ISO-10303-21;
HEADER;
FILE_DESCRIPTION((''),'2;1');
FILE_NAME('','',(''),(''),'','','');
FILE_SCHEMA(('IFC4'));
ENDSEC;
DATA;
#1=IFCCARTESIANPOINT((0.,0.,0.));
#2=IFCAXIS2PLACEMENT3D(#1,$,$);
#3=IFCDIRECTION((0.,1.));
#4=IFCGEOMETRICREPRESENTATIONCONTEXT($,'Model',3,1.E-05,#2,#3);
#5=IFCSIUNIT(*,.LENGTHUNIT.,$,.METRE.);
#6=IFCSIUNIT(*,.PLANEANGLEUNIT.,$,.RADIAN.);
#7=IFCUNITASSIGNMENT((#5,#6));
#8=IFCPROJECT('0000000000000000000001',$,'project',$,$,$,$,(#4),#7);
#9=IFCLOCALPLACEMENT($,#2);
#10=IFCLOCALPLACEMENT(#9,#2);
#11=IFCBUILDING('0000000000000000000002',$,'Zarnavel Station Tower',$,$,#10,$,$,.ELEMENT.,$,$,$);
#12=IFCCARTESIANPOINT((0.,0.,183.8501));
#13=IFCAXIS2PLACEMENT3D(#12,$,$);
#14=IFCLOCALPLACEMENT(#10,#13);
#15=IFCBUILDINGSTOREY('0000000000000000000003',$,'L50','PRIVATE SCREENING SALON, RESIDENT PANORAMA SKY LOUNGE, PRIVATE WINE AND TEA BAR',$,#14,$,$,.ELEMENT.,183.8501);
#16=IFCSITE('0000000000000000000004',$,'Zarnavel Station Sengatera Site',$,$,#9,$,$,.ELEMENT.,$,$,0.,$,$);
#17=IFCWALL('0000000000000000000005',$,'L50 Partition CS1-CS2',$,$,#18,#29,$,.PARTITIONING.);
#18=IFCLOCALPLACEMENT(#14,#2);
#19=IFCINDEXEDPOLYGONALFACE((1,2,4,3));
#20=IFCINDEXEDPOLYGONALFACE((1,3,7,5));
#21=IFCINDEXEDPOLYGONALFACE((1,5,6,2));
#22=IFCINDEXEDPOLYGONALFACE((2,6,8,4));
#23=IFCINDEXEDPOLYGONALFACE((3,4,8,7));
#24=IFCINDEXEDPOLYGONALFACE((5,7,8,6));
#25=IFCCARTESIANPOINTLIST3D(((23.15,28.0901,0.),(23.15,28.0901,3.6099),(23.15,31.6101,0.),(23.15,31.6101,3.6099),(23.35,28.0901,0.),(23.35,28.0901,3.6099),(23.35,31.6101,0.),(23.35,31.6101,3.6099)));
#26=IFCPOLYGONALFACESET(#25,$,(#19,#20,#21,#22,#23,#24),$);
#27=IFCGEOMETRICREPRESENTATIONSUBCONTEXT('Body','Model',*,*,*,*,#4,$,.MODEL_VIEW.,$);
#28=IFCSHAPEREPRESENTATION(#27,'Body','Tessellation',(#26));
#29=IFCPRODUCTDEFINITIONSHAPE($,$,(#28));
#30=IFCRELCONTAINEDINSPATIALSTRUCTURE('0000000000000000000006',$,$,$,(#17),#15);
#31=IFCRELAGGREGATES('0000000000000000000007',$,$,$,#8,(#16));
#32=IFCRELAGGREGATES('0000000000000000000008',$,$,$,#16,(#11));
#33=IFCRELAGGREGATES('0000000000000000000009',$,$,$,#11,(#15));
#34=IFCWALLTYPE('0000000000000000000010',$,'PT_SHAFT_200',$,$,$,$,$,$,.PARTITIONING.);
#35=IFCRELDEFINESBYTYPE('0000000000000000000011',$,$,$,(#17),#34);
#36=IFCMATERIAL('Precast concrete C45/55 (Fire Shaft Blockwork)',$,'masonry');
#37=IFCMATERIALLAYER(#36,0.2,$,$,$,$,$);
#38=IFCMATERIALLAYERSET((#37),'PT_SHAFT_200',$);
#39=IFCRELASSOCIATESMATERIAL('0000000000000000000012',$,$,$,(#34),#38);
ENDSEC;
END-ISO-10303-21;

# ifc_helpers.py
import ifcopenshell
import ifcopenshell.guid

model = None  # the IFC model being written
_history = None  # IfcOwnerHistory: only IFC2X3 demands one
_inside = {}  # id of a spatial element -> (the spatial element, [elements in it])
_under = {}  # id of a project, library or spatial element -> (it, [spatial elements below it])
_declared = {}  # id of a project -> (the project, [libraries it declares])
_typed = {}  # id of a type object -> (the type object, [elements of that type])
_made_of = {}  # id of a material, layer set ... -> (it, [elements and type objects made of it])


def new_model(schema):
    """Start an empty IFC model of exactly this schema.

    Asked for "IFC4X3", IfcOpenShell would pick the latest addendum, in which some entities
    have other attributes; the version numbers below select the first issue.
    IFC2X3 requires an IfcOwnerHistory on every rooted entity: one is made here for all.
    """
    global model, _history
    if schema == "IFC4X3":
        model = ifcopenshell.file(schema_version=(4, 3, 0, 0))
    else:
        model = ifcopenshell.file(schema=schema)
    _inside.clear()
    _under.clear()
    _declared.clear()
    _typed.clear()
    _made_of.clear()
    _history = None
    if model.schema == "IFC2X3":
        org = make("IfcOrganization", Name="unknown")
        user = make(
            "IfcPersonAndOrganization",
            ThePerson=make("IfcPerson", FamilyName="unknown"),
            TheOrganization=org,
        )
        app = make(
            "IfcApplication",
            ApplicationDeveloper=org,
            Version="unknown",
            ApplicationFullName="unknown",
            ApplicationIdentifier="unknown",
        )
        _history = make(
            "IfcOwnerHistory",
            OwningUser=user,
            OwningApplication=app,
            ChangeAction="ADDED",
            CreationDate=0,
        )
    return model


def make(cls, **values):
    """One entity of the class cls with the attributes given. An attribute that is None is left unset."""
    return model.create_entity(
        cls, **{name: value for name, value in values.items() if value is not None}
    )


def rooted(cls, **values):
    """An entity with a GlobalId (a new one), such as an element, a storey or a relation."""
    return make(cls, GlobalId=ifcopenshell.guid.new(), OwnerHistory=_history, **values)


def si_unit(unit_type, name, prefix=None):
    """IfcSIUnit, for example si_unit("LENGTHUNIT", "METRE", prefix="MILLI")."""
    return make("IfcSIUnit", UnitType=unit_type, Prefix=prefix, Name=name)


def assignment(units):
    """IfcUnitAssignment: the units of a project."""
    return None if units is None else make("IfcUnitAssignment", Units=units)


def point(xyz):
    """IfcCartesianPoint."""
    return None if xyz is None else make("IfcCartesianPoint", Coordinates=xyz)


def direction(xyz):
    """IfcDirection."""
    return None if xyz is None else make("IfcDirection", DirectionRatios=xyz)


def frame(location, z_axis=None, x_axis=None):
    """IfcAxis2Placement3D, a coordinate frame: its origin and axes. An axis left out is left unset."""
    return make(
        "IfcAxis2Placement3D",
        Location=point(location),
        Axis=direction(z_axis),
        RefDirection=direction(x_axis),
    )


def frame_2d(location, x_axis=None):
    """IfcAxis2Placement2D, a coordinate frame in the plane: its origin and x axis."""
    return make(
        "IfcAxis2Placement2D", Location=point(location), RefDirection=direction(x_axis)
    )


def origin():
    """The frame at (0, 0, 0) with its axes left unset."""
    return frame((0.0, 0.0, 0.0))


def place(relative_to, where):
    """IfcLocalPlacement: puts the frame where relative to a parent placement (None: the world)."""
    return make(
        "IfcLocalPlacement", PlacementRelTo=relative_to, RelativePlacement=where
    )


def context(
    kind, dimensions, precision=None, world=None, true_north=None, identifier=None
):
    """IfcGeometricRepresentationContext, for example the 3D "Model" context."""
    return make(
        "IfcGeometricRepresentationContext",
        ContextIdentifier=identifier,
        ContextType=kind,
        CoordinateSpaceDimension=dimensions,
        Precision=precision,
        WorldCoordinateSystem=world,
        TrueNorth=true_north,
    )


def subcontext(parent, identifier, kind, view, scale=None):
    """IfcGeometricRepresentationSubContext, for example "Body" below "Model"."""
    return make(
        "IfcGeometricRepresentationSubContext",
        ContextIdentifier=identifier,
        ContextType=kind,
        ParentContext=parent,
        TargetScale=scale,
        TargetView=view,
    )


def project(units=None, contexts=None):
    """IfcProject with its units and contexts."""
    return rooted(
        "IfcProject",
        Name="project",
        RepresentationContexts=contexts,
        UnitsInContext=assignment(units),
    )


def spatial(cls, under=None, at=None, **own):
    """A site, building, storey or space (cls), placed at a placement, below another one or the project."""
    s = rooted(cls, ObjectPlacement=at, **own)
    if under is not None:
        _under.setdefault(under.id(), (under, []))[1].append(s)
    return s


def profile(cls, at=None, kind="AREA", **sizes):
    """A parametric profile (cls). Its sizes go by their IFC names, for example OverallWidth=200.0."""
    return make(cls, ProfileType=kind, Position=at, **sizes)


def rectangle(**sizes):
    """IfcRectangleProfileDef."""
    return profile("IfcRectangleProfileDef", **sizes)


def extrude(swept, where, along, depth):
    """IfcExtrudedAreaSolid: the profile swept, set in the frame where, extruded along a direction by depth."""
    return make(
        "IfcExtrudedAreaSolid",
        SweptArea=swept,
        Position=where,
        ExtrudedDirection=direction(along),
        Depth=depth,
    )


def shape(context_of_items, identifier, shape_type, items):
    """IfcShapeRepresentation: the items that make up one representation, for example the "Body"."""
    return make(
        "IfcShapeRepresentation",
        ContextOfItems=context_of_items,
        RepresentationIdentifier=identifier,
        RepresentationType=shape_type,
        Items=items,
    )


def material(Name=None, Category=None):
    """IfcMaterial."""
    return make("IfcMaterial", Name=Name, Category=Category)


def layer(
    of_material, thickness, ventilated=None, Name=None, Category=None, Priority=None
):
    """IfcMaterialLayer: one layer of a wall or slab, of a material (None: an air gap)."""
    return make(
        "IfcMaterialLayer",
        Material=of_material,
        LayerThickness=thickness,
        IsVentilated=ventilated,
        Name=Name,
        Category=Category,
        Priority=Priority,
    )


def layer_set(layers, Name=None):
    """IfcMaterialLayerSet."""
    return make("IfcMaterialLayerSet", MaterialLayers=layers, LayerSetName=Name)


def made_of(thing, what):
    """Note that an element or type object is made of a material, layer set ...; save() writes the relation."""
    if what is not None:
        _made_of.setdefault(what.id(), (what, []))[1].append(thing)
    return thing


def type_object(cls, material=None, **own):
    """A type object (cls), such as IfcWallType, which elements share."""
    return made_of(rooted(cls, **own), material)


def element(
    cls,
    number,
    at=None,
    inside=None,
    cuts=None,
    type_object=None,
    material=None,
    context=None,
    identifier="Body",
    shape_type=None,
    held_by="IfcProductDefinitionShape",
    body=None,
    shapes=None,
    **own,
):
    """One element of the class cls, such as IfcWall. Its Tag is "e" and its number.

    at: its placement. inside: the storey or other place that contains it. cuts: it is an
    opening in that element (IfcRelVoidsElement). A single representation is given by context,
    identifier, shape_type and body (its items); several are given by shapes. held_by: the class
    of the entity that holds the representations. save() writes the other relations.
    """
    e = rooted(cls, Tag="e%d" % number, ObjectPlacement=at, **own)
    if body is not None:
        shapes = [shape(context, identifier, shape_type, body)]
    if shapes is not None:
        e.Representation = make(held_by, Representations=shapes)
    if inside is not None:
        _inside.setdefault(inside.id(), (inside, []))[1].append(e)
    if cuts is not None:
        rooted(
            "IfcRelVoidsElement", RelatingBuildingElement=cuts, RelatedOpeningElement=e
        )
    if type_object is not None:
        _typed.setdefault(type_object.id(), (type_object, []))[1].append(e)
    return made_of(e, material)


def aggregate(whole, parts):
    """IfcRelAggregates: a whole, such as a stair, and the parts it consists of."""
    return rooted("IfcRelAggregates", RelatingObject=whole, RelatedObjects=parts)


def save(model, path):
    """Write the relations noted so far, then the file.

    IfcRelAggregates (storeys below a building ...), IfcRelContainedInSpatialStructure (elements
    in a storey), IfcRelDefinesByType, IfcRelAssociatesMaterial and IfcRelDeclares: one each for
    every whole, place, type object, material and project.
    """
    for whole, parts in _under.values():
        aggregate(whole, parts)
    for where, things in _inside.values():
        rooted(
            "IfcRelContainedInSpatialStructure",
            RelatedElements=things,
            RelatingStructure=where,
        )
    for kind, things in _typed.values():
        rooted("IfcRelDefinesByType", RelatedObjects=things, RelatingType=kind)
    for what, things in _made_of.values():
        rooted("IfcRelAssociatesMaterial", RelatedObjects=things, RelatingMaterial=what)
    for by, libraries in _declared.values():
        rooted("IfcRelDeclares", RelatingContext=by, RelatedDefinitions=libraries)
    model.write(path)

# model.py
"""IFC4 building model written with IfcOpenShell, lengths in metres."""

from ifc_helpers import new_model, si_unit, direction, frame, frame_2d, origin, place, context, subcontext, project, spatial, rectangle, extrude, material, layer, layer_set, type_object, element, save


model = new_model("IFC4")

# Units and contexts
model_context = context("Model", 3, precision=1e-05, world=origin(), true_north=direction((0.0, 1.0)))
body_context = subcontext(model_context, "Body", "Model", "MODEL_VIEW")
ifc_project = project(units=[si_unit("LENGTHUNIT", "METRE"), si_unit("PLANEANGLEUNIT", "RADIAN")], contexts=[model_context])

# Site, building, storey
site_placement = place(None, origin())
site = spatial("IfcSite", under=ifc_project, at=site_placement, Name="Zarnavel Station Sengatera Site", CompositionType="ELEMENT", RefElevation=0.0)
building_placement = place(site_placement, origin())
building = spatial("IfcBuilding", under=site, at=building_placement, Name="Zarnavel Station Tower", CompositionType="ELEMENT")
storey_placement = place(building_placement, frame((0.0, 0.0, 183.8501)))
storey = spatial("IfcBuildingStorey", under=building, at=storey_placement, Name="L50", Description="PRIVATE SCREENING SALON, RESIDENT PANORAMA SKY LOUNGE, PRIVATE WINE AND TEA BAR", CompositionType="ELEMENT", Elevation=183.8501)

# Shared definitions
ifc_material_1 = material(Name="Precast concrete C45/55 (Fire Shaft Blockwork)", Category="masonry")
ifc_layer_1 = layer(ifc_material_1, 0.2)
ifc_layer_set_1 = layer_set([ifc_layer_1], Name="PT_SHAFT_200")
wall_type_1 = type_object("IfcWallType", Name="PT_SHAFT_200", PredefinedType="PARTITIONING", material=ifc_layer_set_1)

# Wall
wall_1_placement = place(storey_placement, frame((23.25, 28.0901, 0.0), z_axis=(0.0, 0.0, 1.0), x_axis=(0.0, 1.0, 0.0)))
element("IfcWall", 1, at=wall_1_placement, inside=storey, type_object=wall_type_1, Name="L50 Partition CS1-CS2", PredefinedType="PARTITIONING", context=body_context, shape_type="SweptSolid", body=[
    extrude(rectangle(XDim=3.52, YDim=0.2, at=frame_2d((1.76, 0.0))), origin(), (0.0, 0.0, 1.0), 3.6099),
])

save(model, "model.ifc")
